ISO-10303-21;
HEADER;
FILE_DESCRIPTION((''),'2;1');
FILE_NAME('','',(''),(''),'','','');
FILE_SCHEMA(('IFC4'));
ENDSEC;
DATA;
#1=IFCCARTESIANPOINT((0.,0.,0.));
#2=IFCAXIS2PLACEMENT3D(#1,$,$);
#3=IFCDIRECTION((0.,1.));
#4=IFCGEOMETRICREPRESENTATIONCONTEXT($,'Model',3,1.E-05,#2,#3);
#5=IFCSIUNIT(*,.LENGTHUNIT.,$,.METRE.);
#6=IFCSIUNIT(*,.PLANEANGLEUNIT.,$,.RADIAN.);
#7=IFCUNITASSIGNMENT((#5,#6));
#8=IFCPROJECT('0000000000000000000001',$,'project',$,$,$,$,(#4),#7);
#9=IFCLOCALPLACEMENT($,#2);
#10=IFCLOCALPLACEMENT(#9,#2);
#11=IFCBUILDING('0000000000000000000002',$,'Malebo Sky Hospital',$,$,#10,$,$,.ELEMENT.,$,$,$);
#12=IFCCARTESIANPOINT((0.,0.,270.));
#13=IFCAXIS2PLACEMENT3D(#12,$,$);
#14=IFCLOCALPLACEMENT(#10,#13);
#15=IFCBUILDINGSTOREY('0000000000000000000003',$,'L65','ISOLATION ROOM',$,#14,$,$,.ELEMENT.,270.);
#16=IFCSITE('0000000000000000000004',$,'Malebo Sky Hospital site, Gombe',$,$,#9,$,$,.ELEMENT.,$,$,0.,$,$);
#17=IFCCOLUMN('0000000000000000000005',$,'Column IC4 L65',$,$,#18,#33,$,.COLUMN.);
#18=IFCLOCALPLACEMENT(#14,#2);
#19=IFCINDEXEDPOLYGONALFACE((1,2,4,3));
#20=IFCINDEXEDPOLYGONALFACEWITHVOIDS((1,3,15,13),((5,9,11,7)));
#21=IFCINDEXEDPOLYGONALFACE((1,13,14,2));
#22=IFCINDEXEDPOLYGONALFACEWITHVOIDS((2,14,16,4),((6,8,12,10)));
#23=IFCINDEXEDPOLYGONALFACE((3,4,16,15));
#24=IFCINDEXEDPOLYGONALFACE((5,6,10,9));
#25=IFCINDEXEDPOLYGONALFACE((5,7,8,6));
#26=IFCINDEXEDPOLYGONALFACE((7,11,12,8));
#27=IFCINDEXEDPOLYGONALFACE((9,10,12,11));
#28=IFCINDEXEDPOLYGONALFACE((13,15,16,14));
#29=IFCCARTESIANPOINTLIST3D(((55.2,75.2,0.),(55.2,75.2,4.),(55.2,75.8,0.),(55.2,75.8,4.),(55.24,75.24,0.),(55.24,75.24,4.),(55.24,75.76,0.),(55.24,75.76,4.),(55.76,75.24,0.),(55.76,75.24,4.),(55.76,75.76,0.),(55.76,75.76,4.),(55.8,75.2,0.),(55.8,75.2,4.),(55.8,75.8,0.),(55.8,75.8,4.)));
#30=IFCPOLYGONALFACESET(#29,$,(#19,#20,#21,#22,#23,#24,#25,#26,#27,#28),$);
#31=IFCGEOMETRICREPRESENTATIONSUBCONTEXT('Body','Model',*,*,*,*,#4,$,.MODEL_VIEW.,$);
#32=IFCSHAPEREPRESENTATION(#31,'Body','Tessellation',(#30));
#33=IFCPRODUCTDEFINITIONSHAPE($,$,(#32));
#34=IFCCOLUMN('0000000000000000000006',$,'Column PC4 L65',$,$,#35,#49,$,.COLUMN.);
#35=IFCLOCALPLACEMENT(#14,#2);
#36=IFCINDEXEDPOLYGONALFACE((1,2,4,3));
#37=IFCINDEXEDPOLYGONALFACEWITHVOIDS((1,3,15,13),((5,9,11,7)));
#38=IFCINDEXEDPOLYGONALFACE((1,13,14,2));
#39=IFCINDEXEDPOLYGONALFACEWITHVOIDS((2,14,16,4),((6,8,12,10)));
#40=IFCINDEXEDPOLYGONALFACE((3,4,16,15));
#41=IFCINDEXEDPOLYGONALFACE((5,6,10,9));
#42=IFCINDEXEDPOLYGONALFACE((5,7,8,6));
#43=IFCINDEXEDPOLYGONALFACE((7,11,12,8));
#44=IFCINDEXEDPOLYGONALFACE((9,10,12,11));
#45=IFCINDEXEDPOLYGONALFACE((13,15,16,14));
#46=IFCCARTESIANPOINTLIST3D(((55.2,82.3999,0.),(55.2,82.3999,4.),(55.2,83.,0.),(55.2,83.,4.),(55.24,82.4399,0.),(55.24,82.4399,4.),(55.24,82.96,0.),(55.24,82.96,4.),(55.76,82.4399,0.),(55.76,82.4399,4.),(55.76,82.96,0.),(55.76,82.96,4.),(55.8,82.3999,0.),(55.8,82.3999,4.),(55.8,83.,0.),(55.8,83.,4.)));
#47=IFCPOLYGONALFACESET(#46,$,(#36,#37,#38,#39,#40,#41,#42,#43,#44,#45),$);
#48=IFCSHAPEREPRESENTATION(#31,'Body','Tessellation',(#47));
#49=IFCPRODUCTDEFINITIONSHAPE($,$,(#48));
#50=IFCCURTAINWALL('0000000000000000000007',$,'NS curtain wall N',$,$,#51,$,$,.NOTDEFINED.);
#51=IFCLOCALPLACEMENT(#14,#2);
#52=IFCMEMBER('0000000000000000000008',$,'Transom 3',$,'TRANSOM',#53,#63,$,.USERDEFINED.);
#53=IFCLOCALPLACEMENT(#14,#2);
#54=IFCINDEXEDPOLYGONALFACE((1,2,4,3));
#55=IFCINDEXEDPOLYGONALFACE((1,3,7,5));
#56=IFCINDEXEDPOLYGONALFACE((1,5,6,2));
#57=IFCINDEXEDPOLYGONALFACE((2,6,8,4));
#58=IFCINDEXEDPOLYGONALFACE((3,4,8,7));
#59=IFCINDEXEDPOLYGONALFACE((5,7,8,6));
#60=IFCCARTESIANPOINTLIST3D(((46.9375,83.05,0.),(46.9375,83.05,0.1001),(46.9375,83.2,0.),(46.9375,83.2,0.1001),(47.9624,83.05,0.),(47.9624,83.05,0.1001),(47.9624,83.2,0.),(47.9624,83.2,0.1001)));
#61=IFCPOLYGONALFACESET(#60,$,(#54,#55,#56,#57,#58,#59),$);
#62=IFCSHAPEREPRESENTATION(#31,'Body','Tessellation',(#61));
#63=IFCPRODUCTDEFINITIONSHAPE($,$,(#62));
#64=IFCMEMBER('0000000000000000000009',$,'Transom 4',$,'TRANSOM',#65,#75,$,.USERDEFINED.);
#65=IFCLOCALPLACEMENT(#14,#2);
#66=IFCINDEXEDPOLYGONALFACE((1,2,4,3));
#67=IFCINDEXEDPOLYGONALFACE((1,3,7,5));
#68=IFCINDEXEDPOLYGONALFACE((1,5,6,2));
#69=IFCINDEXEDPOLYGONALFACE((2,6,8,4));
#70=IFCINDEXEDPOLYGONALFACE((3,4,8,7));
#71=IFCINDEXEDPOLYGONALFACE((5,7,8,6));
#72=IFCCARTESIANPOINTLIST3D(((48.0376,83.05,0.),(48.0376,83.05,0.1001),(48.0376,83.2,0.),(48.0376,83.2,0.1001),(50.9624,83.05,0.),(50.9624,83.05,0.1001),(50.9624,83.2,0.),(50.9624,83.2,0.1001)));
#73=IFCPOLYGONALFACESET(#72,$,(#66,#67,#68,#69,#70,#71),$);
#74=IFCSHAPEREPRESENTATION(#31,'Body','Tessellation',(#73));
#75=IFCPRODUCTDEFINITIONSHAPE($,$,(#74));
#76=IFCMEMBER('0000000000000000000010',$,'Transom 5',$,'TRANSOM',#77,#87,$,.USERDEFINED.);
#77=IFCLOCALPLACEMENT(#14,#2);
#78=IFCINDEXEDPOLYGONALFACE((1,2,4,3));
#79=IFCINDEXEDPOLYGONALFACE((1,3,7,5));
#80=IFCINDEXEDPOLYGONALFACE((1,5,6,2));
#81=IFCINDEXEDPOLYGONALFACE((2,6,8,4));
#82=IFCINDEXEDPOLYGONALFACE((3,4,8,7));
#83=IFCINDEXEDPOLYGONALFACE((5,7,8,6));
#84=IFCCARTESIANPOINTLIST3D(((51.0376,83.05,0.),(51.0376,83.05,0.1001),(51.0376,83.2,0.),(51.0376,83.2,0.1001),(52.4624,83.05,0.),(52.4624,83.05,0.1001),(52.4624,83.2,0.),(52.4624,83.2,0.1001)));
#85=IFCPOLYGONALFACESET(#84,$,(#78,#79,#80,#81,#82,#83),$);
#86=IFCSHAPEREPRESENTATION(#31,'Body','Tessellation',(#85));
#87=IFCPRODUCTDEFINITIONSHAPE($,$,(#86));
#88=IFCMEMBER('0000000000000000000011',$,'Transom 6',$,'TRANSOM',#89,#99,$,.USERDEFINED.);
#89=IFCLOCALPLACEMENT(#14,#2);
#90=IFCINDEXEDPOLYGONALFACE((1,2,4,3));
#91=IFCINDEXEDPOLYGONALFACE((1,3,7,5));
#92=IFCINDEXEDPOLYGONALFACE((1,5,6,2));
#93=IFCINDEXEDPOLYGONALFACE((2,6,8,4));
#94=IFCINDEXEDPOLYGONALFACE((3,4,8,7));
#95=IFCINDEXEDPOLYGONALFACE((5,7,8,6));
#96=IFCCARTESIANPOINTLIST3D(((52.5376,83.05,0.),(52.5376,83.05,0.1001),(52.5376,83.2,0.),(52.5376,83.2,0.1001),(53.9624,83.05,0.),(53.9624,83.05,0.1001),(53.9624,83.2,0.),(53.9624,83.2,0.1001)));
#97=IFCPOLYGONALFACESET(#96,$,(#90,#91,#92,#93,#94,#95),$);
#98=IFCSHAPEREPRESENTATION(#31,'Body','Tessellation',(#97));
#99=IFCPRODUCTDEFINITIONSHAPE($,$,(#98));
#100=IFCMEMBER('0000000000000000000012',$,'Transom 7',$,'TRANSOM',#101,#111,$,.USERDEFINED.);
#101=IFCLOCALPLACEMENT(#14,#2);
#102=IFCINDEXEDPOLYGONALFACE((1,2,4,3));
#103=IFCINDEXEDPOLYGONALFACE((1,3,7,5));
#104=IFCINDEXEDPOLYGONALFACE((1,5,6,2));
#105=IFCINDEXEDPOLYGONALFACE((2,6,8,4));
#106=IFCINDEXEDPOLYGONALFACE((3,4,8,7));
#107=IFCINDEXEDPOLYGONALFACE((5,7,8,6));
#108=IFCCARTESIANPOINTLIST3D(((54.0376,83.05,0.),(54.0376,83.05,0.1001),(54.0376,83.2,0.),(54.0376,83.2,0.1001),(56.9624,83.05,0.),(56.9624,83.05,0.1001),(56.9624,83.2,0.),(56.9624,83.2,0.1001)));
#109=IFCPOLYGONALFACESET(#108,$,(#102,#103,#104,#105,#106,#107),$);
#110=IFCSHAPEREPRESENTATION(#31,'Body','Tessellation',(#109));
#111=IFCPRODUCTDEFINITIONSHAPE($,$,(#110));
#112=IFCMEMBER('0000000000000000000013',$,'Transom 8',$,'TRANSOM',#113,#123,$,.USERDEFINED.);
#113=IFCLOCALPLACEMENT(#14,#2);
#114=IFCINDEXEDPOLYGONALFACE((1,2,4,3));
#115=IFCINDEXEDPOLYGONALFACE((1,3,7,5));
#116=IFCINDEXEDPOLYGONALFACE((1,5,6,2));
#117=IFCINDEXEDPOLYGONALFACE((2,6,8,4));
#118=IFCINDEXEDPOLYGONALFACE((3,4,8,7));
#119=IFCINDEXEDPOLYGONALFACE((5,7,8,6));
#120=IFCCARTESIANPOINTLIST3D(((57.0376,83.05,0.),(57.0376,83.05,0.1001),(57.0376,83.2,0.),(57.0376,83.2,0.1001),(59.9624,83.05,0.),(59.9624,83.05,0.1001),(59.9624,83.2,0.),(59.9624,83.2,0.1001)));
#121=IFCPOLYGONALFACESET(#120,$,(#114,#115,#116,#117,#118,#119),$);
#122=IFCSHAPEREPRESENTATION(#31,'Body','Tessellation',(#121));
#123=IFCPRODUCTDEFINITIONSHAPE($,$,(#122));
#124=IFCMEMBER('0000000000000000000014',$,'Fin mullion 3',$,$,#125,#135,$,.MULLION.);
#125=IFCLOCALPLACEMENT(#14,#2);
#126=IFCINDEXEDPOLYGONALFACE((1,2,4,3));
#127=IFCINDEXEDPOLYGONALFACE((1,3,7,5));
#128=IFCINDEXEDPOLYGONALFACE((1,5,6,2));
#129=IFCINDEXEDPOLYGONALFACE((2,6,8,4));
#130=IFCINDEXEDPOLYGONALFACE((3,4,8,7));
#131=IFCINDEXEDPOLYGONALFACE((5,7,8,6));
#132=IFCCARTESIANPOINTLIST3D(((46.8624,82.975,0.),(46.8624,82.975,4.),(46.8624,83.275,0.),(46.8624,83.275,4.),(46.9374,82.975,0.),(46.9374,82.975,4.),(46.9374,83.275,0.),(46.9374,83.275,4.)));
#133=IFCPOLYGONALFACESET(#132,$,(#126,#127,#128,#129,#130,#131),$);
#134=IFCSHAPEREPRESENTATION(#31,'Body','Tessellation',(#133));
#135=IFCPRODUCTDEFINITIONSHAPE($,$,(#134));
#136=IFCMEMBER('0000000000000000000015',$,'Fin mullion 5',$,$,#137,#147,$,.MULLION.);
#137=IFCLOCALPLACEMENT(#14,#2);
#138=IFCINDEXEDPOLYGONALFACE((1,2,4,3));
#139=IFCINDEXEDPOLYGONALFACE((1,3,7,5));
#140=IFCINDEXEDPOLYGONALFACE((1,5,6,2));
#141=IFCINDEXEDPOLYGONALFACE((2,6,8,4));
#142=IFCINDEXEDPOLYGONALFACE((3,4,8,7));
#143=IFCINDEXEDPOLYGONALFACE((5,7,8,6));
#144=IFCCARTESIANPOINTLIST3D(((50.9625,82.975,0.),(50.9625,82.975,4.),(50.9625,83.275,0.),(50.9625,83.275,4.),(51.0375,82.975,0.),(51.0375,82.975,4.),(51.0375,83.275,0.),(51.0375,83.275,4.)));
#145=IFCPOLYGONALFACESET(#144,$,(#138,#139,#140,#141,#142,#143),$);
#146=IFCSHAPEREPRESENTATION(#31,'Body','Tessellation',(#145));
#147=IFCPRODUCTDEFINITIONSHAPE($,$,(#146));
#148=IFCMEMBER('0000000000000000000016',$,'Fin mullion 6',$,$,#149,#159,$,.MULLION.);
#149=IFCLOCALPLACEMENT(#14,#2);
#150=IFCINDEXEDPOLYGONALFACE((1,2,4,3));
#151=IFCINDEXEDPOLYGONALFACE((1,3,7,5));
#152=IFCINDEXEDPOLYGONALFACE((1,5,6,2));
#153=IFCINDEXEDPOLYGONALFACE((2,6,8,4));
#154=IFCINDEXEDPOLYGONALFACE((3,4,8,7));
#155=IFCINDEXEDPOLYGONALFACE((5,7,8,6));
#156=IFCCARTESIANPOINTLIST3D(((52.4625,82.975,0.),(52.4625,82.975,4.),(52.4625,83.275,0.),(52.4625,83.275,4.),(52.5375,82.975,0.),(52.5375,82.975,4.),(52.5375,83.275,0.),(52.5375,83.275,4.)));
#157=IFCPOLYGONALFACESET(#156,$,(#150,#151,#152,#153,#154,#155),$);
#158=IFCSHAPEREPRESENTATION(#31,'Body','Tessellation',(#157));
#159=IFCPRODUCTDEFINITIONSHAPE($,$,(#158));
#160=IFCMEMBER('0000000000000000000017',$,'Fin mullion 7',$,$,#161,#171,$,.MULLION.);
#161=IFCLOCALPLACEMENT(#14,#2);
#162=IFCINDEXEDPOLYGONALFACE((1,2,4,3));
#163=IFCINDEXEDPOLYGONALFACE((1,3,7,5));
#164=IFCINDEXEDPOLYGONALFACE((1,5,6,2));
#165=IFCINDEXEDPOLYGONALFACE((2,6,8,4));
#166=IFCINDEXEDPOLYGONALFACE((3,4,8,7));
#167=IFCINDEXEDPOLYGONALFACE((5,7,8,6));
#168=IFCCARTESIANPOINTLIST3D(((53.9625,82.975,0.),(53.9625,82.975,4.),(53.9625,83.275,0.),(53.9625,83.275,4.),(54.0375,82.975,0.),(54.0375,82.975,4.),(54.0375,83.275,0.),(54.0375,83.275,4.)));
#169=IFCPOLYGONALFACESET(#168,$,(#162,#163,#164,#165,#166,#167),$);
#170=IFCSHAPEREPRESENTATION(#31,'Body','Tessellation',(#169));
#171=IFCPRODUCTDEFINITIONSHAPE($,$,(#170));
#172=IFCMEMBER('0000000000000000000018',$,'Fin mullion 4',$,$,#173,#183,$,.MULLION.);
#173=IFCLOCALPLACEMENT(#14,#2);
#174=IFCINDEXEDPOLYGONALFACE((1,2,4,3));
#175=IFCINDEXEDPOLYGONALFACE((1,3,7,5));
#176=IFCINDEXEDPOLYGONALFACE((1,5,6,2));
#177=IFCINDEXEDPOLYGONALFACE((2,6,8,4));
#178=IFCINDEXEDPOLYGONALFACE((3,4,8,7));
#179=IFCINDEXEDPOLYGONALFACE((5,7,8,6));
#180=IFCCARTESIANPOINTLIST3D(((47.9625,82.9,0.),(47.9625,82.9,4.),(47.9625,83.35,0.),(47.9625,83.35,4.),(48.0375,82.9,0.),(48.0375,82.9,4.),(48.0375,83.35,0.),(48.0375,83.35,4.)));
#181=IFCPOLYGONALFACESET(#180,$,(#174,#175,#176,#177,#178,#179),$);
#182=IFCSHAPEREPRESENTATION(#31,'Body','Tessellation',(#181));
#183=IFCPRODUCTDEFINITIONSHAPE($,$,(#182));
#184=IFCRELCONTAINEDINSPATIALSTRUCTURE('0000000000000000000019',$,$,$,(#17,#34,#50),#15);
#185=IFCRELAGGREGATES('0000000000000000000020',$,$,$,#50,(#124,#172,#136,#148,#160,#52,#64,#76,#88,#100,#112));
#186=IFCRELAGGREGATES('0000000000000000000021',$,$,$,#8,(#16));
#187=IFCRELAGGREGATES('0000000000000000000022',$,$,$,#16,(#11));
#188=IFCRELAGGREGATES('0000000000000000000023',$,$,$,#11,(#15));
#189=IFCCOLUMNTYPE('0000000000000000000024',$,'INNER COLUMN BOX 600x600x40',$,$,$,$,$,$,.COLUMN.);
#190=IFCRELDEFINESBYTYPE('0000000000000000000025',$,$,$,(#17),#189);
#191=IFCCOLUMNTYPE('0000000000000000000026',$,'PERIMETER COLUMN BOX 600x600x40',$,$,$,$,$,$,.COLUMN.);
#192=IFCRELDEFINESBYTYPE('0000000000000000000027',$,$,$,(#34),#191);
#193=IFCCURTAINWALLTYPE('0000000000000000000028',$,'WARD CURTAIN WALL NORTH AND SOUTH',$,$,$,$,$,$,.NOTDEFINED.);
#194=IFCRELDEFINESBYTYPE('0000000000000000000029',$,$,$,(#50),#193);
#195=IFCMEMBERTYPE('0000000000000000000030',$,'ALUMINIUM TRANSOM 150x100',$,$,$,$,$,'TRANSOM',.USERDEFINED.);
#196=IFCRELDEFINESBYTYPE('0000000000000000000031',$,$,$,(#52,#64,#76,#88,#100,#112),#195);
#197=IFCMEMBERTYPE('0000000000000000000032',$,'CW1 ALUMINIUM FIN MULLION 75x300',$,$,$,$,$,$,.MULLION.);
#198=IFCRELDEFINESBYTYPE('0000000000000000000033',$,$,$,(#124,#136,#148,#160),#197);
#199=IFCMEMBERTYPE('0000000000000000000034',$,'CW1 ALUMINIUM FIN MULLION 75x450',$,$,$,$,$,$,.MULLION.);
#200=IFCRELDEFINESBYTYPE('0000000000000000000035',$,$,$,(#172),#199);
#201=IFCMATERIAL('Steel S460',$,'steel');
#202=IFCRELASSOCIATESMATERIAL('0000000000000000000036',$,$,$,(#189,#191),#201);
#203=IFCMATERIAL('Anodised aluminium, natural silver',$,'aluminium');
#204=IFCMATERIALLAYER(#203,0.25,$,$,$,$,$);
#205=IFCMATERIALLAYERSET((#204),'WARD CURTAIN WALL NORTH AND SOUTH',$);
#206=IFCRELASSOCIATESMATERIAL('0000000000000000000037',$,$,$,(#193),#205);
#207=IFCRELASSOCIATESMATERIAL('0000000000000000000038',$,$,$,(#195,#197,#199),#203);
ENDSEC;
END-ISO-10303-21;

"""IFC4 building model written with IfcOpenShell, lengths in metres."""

from ifc_helpers import new_model, si_unit, direction, frame, origin, origin_2d, place, context, subcontext, project, spatial, rectangle, hollow_rectangle, extrude, material, layer, layer_set, material_profile, profile_set, type_object, element, aggregate, save


model = new_model("IFC4")

# Units and contexts
model_context = context("Model", 3, precision=1e-05, world=origin(), true_north=direction((0.0, 1.0)))
body_context = subcontext(model_context, "Body", "Model", "MODEL_VIEW")
ifc_project = project(units=[si_unit("LENGTHUNIT", "METRE"), si_unit("PLANEANGLEUNIT", "RADIAN")], contexts=[model_context])

# Site, building, storey
site_placement = place(None, origin())
site = spatial("IfcSite", under=ifc_project, at=site_placement, Name="Malebo Sky Hospital site, Gombe", CompositionType="ELEMENT", RefElevation=0.0)
building_placement = place(site_placement, origin())
building = spatial("IfcBuilding", under=site, at=building_placement, Name="Malebo Sky Hospital", CompositionType="ELEMENT")
storey_placement = place(building_placement, frame((0.0, 0.0, 270.0)))
storey = spatial("IfcBuildingStorey", under=building, at=storey_placement, Name="L65", Description="ISOLATION ROOM", CompositionType="ELEMENT", Elevation=270.0)

# Columns
ifc_material_1 = material(Name="Steel S460", Category="steel")
ifc_material_profile_1 = material_profile(ifc_material_1, hollow_rectangle(XDim=0.6001, YDim=0.6001, WallThickness=0.04, at=origin_2d()), Name="BOX 600x600x40")
ifc_profile_set_1 = profile_set([ifc_material_profile_1], Name="Steel S460")
column_type_1 = type_object("IfcColumnType", Name="INNER COLUMN BOX 600x600x40", PredefinedType="COLUMN", material=ifc_profile_set_1)
column_1_placement = place(storey_placement, frame((55.5, 75.5, 0.0), z_axis=(0.0, 0.0, 1.0), x_axis=(1.0, 0.0, 0.0)))
element("IfcColumn", 1, at=column_1_placement, inside=storey, type_object=column_type_1, Name="Column IC4 L65", PredefinedType="COLUMN", context=body_context, shape_type="SweptSolid", body=[
    extrude(hollow_rectangle(XDim=0.6001, YDim=0.6001, WallThickness=0.04, at=origin_2d()), origin(), (0.0, 0.0, 1.0), 4.0),
])
ifc_material_profile_2 = material_profile(ifc_material_1, hollow_rectangle(XDim=0.6001, YDim=0.6001, WallThickness=0.04, at=origin_2d()), Name="BOX 600x600x40")
ifc_profile_set_2 = profile_set([ifc_material_profile_2], Name="Steel S460")
column_type_2 = type_object("IfcColumnType", Name="PERIMETER COLUMN BOX 600x600x40", PredefinedType="COLUMN", material=ifc_profile_set_2)
column_2_placement = place(storey_placement, frame((55.5, 82.7, 0.0), z_axis=(0.0, 0.0, 1.0), x_axis=(1.0, 0.0, 0.0)))
element("IfcColumn", 2, at=column_2_placement, inside=storey, type_object=column_type_2, Name="Column PC4 L65", PredefinedType="COLUMN", context=body_context, shape_type="SweptSolid", body=[
    extrude(hollow_rectangle(XDim=0.6001, YDim=0.6001, WallThickness=0.04, at=origin_2d()), origin(), (0.0, 0.0, 1.0), 4.0),
])

# Curtain wall, members
ifc_material_2 = material(Name="Anodised aluminium, natural silver", Category="aluminium")
ifc_layer_1 = layer(ifc_material_2, 0.25)
ifc_layer_set_1 = layer_set([ifc_layer_1], Name="WARD CURTAIN WALL NORTH AND SOUTH")
curtain_wall_type = type_object("IfcCurtainWallType", Name="WARD CURTAIN WALL NORTH AND SOUTH", PredefinedType="NOTDEFINED", material=ifc_layer_set_1)
curtain_wall_placement = place(storey_placement, origin())
curtain_wall = element("IfcCurtainWall", 3, at=curtain_wall_placement, inside=storey, type_object=curtain_wall_type, Name="NS curtain wall N", PredefinedType="NOTDEFINED")
ifc_material_profile_3 = material_profile(ifc_material_2, rectangle(XDim=0.1499, YDim=0.1001, at=origin_2d()), Name="ALUMINIUM TRANSOM 150x100")
ifc_profile_set_3 = profile_set([ifc_material_profile_3], Name="Anodised aluminium, natural silver")
member_type_1 = type_object("IfcMemberType", Name="ALUMINIUM TRANSOM 150x100", ElementType="TRANSOM", PredefinedType="USERDEFINED", material=ifc_profile_set_3)
member_1_placement = place(storey_placement, frame((46.9375, 83.125, 0.05), z_axis=(1.0, 0.0, 0.0), x_axis=(0.0, 1.0, 0.0)))
member_1 = element("IfcMember", 4, at=member_1_placement, type_object=member_type_1, Name="Transom 3", ObjectType="TRANSOM", PredefinedType="USERDEFINED", context=body_context, shape_type="SweptSolid", body=[
    extrude(rectangle(XDim=0.1499, YDim=0.1001, at=origin_2d()), origin(), (0.0, 0.0, 1.0), 1.0249),
])
member_2_placement = place(storey_placement, frame((48.0376, 83.125, 0.05), z_axis=(1.0, 0.0, 0.0), x_axis=(0.0, 1.0, 0.0)))
member_2 = element("IfcMember", 5, at=member_2_placement, type_object=member_type_1, Name="Transom 4", ObjectType="TRANSOM", PredefinedType="USERDEFINED", context=body_context, shape_type="SweptSolid", body=[
    extrude(rectangle(XDim=0.1499, YDim=0.1001, at=origin_2d()), origin(), (0.0, 0.0, 1.0), 2.9248),
])
member_3_placement = place(storey_placement, frame((51.0376, 83.125, 0.05), z_axis=(1.0, 0.0, 0.0), x_axis=(0.0, 1.0, 0.0)))
member_3 = element("IfcMember", 6, at=member_3_placement, type_object=member_type_1, Name="Transom 5", ObjectType="TRANSOM", PredefinedType="USERDEFINED", context=body_context, shape_type="SweptSolid", body=[
    extrude(rectangle(XDim=0.1499, YDim=0.1001, at=origin_2d()), origin(), (0.0, 0.0, 1.0), 1.4248),
])
member_4_placement = place(storey_placement, frame((52.5376, 83.125, 0.05), z_axis=(1.0, 0.0, 0.0), x_axis=(0.0, 1.0, 0.0)))
member_4 = element("IfcMember", 7, at=member_4_placement, type_object=member_type_1, Name="Transom 6", ObjectType="TRANSOM", PredefinedType="USERDEFINED", context=body_context, shape_type="SweptSolid", body=[
    extrude(rectangle(XDim=0.1499, YDim=0.1001, at=origin_2d()), origin(), (0.0, 0.0, 1.0), 1.4248),
])
member_5_placement = place(storey_placement, frame((54.0376, 83.125, 0.05), z_axis=(1.0, 0.0, 0.0), x_axis=(0.0, 1.0, 0.0)))
member_5 = element("IfcMember", 8, at=member_5_placement, type_object=member_type_1, Name="Transom 7", ObjectType="TRANSOM", PredefinedType="USERDEFINED", context=body_context, shape_type="SweptSolid", body=[
    extrude(rectangle(XDim=0.1499, YDim=0.1001, at=origin_2d()), origin(), (0.0, 0.0, 1.0), 2.9248),
])
member_6_placement = place(storey_placement, frame((57.0376, 83.125, 0.05), z_axis=(1.0, 0.0, 0.0), x_axis=(0.0, 1.0, 0.0)))
member_6 = element("IfcMember", 9, at=member_6_placement, type_object=member_type_1, Name="Transom 8", ObjectType="TRANSOM", PredefinedType="USERDEFINED", context=body_context, shape_type="SweptSolid", body=[
    extrude(rectangle(XDim=0.1499, YDim=0.1001, at=origin_2d()), origin(), (0.0, 0.0, 1.0), 2.9248),
])
ifc_material_profile_4 = material_profile(ifc_material_2, rectangle(XDim=0.075, YDim=0.3, at=origin_2d()), Name="CW1 ALUMINIUM FIN MULLION 75x300")
ifc_profile_set_4 = profile_set([ifc_material_profile_4], Name="Anodised aluminium, natural silver")
member_type_2 = type_object("IfcMemberType", Name="CW1 ALUMINIUM FIN MULLION 75x300", PredefinedType="MULLION", material=ifc_profile_set_4)
member_7_placement = place(storey_placement, frame((46.8999, 83.125, 0.0), z_axis=(0.0, 0.0, 1.0), x_axis=(1.0, 0.0, 0.0)))
member_7 = element("IfcMember", 10, at=member_7_placement, type_object=member_type_2, Name="Fin mullion 3", PredefinedType="MULLION", context=body_context, shape_type="SweptSolid", body=[
    extrude(rectangle(XDim=0.075, YDim=0.3, at=origin_2d()), origin(), (0.0, 0.0, 1.0), 4.0),
])
member_8_placement = place(storey_placement, frame((51.0, 83.125, 0.0), z_axis=(0.0, 0.0, 1.0), x_axis=(1.0, 0.0, 0.0)))
member_8 = element("IfcMember", 11, at=member_8_placement, type_object=member_type_2, Name="Fin mullion 5", PredefinedType="MULLION", context=body_context, shape_type="SweptSolid", body=[
    extrude(rectangle(XDim=0.075, YDim=0.3, at=origin_2d()), origin(), (0.0, 0.0, 1.0), 4.0),
])
member_9_placement = place(storey_placement, frame((52.5, 83.125, 0.0), z_axis=(0.0, 0.0, 1.0), x_axis=(1.0, 0.0, 0.0)))
member_9 = element("IfcMember", 12, at=member_9_placement, type_object=member_type_2, Name="Fin mullion 6", PredefinedType="MULLION", context=body_context, shape_type="SweptSolid", body=[
    extrude(rectangle(XDim=0.075, YDim=0.3, at=origin_2d()), origin(), (0.0, 0.0, 1.0), 4.0),
])
member_10_placement = place(storey_placement, frame((54.0, 83.125, 0.0), z_axis=(0.0, 0.0, 1.0), x_axis=(1.0, 0.0, 0.0)))
member_10 = element("IfcMember", 13, at=member_10_placement, type_object=member_type_2, Name="Fin mullion 7", PredefinedType="MULLION", context=body_context, shape_type="SweptSolid", body=[
    extrude(rectangle(XDim=0.075, YDim=0.3, at=origin_2d()), origin(), (0.0, 0.0, 1.0), 4.0),
])
ifc_material_profile_5 = material_profile(ifc_material_2, rectangle(XDim=0.075, YDim=0.45, at=origin_2d()), Name="CW1 ALUMINIUM FIN MULLION 75x450")
ifc_profile_set_5 = profile_set([ifc_material_profile_5], Name="Anodised aluminium, natural silver")
member_type_3 = type_object("IfcMemberType", Name="CW1 ALUMINIUM FIN MULLION 75x450", PredefinedType="MULLION", material=ifc_profile_set_5)
member_11_placement = place(storey_placement, frame((48.0, 83.125, 0.0), z_axis=(0.0, 0.0, 1.0), x_axis=(1.0, 0.0, 0.0)))
member_11 = element("IfcMember", 14, at=member_11_placement, type_object=member_type_3, Name="Fin mullion 4", PredefinedType="MULLION", context=body_context, shape_type="SweptSolid", body=[
    extrude(rectangle(XDim=0.075, YDim=0.45, at=origin_2d()), origin(), (0.0, 0.0, 1.0), 4.0),
])

aggregate(curtain_wall, [member_7, member_11, member_8, member_9, member_10, member_1, member_2, member_3, member_4, member_5, member_6])

save(model, "model.ifc")
